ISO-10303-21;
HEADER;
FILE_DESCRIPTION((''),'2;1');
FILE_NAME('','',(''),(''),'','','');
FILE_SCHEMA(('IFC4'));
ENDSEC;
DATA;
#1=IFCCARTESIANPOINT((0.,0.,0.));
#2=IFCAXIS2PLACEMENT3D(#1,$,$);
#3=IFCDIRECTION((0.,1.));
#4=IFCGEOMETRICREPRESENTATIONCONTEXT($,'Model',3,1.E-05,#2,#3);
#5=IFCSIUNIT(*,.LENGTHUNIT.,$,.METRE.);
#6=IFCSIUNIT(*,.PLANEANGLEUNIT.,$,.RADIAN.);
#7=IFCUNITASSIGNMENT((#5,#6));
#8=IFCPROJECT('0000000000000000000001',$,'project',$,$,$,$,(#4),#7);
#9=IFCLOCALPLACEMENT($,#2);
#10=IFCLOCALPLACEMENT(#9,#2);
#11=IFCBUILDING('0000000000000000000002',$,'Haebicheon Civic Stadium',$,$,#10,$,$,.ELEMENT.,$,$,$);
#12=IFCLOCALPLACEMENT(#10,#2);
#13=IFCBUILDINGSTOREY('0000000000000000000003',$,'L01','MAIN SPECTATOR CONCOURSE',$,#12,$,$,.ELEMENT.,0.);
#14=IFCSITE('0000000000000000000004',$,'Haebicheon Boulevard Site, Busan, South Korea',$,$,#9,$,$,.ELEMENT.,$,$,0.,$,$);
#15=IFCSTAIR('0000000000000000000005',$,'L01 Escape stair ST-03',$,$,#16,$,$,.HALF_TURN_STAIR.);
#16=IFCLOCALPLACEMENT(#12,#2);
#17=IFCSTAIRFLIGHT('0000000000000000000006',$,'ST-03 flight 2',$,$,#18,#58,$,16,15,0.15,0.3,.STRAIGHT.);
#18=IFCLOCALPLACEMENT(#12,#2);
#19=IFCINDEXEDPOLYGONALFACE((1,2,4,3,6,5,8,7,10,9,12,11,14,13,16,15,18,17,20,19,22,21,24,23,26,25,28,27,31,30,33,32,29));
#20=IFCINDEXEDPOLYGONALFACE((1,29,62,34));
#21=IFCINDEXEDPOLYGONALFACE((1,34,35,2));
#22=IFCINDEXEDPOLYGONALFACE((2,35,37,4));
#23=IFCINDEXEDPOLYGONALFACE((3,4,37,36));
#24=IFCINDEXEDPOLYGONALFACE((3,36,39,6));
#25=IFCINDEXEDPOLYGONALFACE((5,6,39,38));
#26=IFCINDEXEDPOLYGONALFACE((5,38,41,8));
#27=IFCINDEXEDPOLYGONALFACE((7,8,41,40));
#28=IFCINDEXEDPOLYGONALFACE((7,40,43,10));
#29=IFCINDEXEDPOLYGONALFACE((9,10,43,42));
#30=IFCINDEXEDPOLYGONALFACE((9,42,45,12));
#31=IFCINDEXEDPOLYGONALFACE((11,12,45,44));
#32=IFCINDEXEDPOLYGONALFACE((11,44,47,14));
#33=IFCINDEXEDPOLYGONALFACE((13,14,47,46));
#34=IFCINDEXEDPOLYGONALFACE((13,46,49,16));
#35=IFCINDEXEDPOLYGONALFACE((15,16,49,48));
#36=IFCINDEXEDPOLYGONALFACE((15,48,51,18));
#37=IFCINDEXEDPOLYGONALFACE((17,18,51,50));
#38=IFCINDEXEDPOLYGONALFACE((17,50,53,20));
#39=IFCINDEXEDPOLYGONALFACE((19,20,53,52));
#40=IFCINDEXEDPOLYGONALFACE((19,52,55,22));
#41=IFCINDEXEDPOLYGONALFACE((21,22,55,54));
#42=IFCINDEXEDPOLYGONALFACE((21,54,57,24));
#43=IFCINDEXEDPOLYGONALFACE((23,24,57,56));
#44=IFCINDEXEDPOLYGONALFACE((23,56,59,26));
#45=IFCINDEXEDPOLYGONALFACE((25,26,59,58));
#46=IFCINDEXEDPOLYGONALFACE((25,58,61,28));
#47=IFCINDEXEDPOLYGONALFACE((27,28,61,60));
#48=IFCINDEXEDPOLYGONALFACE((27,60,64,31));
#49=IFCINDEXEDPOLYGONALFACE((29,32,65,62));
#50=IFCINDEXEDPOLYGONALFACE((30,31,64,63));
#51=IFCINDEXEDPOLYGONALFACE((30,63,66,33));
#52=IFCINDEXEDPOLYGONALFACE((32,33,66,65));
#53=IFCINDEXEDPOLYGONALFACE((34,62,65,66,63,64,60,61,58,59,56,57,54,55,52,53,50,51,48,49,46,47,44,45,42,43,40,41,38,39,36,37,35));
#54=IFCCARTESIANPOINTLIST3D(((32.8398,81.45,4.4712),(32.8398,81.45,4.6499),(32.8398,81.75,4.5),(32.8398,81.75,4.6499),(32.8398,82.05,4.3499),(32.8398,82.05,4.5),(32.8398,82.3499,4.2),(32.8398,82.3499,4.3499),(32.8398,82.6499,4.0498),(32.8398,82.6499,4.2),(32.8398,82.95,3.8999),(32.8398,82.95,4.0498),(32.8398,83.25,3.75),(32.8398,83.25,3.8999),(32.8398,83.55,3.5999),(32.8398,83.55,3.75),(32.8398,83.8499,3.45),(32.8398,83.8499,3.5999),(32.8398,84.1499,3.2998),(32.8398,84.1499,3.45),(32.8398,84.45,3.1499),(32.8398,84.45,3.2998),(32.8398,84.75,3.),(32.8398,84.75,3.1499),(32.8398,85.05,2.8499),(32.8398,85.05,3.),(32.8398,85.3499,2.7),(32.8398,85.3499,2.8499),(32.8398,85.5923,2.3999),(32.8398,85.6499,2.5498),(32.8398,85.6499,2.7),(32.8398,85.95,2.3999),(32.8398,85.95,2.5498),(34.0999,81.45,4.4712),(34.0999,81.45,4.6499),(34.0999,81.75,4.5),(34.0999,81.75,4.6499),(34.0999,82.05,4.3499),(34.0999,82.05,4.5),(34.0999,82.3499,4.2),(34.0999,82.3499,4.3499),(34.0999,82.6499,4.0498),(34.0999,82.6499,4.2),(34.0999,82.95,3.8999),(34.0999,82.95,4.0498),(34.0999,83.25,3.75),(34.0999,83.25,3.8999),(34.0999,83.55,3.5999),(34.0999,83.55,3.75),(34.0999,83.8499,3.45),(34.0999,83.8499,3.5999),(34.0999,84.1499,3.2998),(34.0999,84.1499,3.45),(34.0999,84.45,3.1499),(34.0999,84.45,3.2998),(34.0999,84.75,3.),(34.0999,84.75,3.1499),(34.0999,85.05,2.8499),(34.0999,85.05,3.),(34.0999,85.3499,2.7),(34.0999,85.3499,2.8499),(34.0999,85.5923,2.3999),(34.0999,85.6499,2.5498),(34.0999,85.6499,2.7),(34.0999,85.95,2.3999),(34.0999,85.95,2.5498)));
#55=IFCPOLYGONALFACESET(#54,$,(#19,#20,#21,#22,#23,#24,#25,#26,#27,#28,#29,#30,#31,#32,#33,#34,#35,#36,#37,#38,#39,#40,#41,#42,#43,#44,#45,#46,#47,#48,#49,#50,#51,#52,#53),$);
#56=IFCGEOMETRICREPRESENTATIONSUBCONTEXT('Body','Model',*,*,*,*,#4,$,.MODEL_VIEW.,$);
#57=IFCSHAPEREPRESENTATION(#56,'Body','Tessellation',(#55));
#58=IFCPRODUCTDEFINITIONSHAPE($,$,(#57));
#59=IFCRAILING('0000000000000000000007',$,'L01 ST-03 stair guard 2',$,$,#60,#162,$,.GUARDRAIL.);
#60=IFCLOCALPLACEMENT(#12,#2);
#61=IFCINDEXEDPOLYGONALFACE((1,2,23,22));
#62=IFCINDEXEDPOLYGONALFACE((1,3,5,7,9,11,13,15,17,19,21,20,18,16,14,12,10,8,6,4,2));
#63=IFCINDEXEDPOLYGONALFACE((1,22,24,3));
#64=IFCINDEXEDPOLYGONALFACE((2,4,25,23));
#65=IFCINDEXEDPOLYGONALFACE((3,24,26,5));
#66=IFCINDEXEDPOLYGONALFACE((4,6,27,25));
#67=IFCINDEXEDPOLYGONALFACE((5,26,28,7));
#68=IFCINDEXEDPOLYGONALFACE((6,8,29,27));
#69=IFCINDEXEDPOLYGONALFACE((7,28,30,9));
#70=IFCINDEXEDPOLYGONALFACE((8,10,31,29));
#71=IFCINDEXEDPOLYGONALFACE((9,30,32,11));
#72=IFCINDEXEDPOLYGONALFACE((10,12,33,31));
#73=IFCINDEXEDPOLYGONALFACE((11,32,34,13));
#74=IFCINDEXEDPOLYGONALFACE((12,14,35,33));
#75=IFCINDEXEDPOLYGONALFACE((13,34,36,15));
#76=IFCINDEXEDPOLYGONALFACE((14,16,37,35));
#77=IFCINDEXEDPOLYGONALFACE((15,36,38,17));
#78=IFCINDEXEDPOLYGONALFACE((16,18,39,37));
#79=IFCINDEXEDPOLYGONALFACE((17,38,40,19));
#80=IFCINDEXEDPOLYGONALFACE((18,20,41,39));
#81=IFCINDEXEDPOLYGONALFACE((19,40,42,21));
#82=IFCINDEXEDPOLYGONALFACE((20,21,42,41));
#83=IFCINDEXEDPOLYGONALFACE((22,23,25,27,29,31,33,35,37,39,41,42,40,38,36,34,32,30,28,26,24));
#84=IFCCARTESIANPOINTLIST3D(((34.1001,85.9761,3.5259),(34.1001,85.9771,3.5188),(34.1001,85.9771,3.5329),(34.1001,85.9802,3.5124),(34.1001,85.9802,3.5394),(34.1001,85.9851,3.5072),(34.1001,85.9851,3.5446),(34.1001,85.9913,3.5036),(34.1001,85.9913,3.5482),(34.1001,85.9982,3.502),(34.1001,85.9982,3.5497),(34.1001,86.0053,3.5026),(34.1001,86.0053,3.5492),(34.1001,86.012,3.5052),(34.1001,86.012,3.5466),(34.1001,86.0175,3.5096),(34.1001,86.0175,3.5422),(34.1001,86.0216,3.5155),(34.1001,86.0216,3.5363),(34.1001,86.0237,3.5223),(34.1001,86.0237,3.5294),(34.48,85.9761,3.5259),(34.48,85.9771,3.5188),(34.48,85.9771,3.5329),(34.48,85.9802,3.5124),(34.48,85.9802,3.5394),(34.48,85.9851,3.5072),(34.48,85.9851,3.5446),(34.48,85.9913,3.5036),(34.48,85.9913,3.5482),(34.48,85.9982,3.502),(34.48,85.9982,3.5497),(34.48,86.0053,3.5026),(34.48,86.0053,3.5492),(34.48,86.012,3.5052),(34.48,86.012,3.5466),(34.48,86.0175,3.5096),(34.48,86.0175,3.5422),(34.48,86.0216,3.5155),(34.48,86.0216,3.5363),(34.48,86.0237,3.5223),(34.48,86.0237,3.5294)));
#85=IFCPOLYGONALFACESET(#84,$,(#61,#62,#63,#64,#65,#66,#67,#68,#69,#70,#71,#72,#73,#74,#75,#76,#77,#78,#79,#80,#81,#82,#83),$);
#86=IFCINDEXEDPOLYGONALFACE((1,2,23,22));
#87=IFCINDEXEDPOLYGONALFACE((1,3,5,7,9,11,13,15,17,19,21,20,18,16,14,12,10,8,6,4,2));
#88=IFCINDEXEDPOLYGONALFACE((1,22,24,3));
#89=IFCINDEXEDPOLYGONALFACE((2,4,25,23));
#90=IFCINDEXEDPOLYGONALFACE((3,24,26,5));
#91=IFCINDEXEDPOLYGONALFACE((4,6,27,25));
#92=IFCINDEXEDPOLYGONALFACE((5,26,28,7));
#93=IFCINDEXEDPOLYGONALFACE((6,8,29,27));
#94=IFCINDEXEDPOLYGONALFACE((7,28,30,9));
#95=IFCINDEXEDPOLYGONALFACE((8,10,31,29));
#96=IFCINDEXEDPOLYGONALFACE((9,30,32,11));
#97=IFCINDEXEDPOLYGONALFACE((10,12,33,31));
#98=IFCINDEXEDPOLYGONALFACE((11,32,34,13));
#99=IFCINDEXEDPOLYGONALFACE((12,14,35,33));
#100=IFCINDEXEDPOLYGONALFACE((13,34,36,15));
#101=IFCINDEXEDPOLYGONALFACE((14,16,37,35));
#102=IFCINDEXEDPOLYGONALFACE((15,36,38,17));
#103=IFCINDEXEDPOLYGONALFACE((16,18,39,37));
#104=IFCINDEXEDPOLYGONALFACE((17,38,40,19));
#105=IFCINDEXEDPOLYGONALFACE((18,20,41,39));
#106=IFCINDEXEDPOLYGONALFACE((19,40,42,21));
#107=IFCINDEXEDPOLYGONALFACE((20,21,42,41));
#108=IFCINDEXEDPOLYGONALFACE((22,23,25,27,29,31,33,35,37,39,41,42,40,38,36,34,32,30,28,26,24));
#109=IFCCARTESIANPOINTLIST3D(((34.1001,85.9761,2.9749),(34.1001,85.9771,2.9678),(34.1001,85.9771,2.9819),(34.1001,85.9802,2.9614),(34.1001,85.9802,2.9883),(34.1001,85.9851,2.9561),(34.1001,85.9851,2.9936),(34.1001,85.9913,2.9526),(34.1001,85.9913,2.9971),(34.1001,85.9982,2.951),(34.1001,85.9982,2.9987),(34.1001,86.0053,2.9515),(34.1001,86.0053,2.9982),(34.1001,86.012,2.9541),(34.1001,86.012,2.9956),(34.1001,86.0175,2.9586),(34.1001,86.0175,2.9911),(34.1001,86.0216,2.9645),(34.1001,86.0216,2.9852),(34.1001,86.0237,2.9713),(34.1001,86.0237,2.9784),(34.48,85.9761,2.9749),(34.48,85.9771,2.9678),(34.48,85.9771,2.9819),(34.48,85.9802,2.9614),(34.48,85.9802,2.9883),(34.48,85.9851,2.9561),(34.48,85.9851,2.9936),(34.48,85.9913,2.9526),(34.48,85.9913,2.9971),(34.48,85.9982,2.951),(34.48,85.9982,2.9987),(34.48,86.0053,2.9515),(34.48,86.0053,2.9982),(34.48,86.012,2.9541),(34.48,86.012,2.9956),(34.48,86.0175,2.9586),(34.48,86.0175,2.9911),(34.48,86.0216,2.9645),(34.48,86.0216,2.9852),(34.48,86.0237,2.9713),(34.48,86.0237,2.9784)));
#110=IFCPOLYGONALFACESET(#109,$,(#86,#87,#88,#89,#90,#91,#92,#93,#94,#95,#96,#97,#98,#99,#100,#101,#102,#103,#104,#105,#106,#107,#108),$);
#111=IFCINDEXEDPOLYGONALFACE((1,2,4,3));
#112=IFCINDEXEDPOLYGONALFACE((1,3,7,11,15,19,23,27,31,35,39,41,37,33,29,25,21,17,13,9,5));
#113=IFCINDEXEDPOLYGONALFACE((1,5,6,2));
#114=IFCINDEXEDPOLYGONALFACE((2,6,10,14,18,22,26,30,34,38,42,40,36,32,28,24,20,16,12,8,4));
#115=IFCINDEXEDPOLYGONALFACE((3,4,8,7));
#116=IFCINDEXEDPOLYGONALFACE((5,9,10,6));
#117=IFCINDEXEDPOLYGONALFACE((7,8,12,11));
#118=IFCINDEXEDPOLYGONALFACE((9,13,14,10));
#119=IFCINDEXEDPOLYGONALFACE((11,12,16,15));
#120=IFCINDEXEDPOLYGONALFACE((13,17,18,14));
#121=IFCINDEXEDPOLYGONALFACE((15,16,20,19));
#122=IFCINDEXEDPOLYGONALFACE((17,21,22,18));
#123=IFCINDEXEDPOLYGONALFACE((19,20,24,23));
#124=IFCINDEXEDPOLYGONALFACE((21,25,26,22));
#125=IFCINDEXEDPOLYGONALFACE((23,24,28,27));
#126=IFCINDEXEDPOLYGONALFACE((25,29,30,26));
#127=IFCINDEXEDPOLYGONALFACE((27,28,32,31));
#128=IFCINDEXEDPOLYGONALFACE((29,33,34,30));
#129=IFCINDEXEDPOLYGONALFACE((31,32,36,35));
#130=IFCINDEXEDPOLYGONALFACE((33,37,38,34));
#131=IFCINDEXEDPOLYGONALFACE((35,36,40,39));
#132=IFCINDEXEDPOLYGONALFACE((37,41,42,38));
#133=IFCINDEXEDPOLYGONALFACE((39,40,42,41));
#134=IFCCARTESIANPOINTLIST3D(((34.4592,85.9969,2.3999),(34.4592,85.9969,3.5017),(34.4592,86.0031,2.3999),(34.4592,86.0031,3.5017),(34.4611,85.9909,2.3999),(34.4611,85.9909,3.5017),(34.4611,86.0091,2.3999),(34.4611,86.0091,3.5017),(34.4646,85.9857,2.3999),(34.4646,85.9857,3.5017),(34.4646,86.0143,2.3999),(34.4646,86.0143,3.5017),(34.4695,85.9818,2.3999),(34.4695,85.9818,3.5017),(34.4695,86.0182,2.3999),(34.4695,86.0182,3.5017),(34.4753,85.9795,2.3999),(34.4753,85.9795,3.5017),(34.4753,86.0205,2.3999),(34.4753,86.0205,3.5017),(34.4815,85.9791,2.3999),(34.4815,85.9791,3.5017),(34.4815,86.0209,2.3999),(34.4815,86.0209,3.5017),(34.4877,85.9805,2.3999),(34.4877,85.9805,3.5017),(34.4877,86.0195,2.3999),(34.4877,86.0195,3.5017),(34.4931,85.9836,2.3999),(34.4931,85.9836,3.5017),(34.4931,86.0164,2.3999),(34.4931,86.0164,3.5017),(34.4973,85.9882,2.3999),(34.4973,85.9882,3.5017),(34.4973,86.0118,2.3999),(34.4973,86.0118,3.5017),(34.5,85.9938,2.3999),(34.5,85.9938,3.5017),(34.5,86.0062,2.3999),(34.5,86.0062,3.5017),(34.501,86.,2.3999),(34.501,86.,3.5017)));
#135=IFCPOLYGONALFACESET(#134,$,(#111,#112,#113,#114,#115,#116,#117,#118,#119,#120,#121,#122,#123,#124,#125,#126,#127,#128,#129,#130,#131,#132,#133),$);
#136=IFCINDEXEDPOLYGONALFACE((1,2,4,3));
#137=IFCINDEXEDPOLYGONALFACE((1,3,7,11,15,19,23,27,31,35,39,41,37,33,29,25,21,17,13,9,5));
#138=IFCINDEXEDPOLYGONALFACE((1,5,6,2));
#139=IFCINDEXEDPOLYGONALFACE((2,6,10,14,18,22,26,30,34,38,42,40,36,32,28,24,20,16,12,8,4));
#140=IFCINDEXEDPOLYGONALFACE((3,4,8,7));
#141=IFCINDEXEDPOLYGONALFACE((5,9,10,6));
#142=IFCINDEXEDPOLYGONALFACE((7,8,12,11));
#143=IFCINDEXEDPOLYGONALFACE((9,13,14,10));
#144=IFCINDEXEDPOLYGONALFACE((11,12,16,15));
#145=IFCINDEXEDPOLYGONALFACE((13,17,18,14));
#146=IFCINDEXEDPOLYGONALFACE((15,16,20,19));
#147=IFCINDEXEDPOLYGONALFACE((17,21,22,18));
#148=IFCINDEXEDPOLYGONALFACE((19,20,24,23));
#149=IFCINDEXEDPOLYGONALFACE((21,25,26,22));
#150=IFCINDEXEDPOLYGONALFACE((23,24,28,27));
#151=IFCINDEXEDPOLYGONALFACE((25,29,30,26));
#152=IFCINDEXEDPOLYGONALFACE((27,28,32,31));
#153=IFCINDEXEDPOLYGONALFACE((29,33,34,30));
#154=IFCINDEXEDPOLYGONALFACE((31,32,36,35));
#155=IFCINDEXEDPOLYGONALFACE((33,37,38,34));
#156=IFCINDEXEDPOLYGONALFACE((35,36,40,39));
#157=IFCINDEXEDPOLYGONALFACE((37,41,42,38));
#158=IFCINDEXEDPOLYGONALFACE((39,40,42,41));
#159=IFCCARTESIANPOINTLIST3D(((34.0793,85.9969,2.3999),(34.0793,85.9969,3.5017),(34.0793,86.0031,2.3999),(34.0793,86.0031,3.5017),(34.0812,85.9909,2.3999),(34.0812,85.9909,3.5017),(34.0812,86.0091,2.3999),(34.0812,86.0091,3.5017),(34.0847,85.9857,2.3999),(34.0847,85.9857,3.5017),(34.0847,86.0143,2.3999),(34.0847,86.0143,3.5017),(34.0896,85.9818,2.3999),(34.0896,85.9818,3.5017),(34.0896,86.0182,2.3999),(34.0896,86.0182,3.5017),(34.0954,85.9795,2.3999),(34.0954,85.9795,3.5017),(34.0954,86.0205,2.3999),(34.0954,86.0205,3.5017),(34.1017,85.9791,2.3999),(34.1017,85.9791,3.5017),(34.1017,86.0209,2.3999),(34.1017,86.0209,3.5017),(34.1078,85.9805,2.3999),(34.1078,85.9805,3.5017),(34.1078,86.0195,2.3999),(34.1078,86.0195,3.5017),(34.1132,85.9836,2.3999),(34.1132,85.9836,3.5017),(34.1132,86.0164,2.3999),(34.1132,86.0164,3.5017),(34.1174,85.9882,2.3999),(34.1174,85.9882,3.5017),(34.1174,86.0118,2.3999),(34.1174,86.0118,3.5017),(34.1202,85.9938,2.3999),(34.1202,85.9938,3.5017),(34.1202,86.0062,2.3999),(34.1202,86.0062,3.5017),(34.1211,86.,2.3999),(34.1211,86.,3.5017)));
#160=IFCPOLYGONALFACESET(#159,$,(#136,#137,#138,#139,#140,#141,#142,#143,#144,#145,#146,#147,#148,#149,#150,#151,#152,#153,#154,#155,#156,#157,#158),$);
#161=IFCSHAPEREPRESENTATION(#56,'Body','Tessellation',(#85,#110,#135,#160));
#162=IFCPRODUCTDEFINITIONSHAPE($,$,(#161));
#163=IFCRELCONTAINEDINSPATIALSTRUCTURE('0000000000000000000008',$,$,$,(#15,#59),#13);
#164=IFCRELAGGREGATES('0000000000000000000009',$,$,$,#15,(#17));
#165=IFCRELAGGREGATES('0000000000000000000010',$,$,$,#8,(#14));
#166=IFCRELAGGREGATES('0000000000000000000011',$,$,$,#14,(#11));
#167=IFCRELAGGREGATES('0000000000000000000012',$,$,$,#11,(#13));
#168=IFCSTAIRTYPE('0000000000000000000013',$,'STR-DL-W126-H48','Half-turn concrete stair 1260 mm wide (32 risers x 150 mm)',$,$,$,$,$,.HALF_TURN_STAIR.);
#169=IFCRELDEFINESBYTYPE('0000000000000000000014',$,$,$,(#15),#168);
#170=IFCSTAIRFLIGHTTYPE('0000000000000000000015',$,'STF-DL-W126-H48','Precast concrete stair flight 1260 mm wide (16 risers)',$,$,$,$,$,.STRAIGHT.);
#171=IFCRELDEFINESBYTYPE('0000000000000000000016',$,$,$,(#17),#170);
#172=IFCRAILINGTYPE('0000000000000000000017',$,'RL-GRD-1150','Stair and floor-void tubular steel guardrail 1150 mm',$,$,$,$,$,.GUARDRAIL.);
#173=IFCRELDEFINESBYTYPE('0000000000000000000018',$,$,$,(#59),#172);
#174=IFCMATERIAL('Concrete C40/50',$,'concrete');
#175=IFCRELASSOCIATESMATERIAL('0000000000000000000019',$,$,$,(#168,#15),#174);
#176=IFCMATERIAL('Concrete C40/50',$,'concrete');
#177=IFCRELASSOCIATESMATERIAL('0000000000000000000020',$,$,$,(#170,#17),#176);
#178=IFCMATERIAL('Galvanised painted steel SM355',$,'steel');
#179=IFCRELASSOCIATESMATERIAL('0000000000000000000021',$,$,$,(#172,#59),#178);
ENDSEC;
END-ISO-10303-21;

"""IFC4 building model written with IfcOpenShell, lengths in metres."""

from ifc_helpers import new_model, si_unit, direction, frame, origin, origin_2d, place, context, subcontext, project, spatial, polyline, circle, outline, extrude, material, type_object, element, aggregate, save


model = new_model("IFC4")

# Units and contexts
model_context = context("Model", 3, precision=1e-05, world=origin(), true_north=direction((0.0, 1.0)))
body_context = subcontext(model_context, "Body", "Model", "MODEL_VIEW")
ifc_project = project(units=[si_unit("LENGTHUNIT", "METRE"), si_unit("PLANEANGLEUNIT", "RADIAN")], contexts=[model_context])

# Site, building, storey
site_placement = place(None, origin())
site = spatial("IfcSite", under=ifc_project, at=site_placement, Name="Haebicheon Boulevard Site, Busan, South Korea", CompositionType="ELEMENT", RefElevation=0.0)
building_placement = place(site_placement, origin())
building = spatial("IfcBuilding", under=site, at=building_placement, Name="Haebicheon Civic Stadium", CompositionType="ELEMENT")
storey_placement = place(building_placement, origin())
storey = spatial("IfcBuildingStorey", under=building, at=storey_placement, Name="L01", Description="MAIN SPECTATOR CONCOURSE", CompositionType="ELEMENT", Elevation=0.0)

# Stair, stair flight
ifc_material_1 = material(Name="Concrete C40/50", Category="concrete")
stair_type = type_object("IfcStairType", Name="STR-DL-W126-H48", Description="Half-turn concrete stair 1260 mm wide (32 risers x 150 mm)", PredefinedType="HALF_TURN_STAIR", material=ifc_material_1)
stair_placement = place(storey_placement, origin())
stair = element("IfcStair", 1, at=stair_placement, inside=storey, type_object=stair_type, material=ifc_material_1, Name="L01 Escape stair ST-03", PredefinedType="HALF_TURN_STAIR")
ifc_material_2 = material(Name="Concrete C40/50", Category="concrete")
stair_flight_type = type_object("IfcStairFlightType", Name="STF-DL-W126-H48", Description="Precast concrete stair flight 1260 mm wide (16 risers)", PredefinedType="STRAIGHT", material=ifc_material_2)
stair_flight_1_placement = place(storey_placement, frame((33.47, 85.95, 2.3999), z_axis=(0.0, 0.0, 1.0), x_axis=(0.0, -1.0, 0.0)))
stair_flight_1 = element("IfcStairFlight", 2, at=stair_flight_1_placement, type_object=stair_flight_type, material=ifc_material_2, Name="ST-03 flight 2", NumberOfRisers=16, NumberOfTreads=15, PredefinedType="STRAIGHT", RiserHeight=0.15, TreadLength=0.3, context=body_context, shape_type="SweptSolid", body=[
    extrude(outline(polyline([(0.0, 0.0), (0.0, 0.1499), (0.3, 0.1499), (0.3, 0.3), (0.6001, 0.3), (0.6001, 0.45), (0.8999, 0.45), (0.8999, 0.6001), (1.2, 0.6001), (1.2, 0.75), (1.5, 0.75), (1.5, 0.8999), (1.8, 0.8999), (1.8, 1.05), (2.1001, 1.05), (2.1001, 1.2), (2.3999, 1.2), (2.3999, 1.3501), (2.7, 1.3501), (2.7, 1.5), (3.0, 1.5), (3.0, 1.6499), (3.3, 1.6499), (3.3, 1.8), (3.6001, 1.8), (3.6001, 1.95), (3.8999, 1.95), (3.8999, 2.1001), (4.2, 2.1001), (4.2, 2.25), (4.5, 2.25), (4.5, 2.3999), (4.5, 2.0713), (0.3577, 0.0), (0.0, 0.0)])), frame((0.0, 0.6299, 0.0), z_axis=(0.0, -1.0, 0.0), x_axis=(1.0, 0.0, 0.0)), (0.0, 0.0, 1.0), 1.26),
])
aggregate(stair, [stair_flight_1])

# Railing
ifc_material_3 = material(Name="Galvanised painted steel SM355", Category="steel")
railing_type_1 = type_object("IfcRailingType", Name="RL-GRD-1150", Description="Stair and floor-void tubular steel guardrail 1150 mm", PredefinedType="GUARDRAIL", material=ifc_material_3)
railing_1_placement = place(storey_placement, frame((34.48, 86.0, 2.3999)))
element("IfcRailing", 3, at=railing_1_placement, inside=storey, type_object=railing_type_1, material=ifc_material_3, Name="L01 ST-03 stair guard 2", PredefinedType="GUARDRAIL", context=body_context, shape_type="SweptSolid", body=[
    extrude(circle(Radius=0.0239, at=origin_2d()), frame((0.0, 0.0, 1.126), z_axis=(-1.0, 0.0, 0.0), x_axis=(0.0, -1.0, 0.0)), (0.0, 0.0, 1.0), 0.3799),
    extrude(circle(Radius=0.0239, at=origin_2d()), frame((0.0, 0.0, 0.575), z_axis=(-1.0, 0.0, 0.0), x_axis=(0.0, -1.0, 0.0)), (0.0, 0.0, 1.0), 0.3799),
    extrude(circle(Radius=0.021, at=origin_2d()), origin(), (0.0, 0.0, 1.0), 1.1018),
    extrude(circle(Radius=0.021, at=origin_2d()), frame((-0.3799, 0.0, 0.0)), (0.0, 0.0, 1.0), 1.1018),
])

save(model, "model.ifc")
